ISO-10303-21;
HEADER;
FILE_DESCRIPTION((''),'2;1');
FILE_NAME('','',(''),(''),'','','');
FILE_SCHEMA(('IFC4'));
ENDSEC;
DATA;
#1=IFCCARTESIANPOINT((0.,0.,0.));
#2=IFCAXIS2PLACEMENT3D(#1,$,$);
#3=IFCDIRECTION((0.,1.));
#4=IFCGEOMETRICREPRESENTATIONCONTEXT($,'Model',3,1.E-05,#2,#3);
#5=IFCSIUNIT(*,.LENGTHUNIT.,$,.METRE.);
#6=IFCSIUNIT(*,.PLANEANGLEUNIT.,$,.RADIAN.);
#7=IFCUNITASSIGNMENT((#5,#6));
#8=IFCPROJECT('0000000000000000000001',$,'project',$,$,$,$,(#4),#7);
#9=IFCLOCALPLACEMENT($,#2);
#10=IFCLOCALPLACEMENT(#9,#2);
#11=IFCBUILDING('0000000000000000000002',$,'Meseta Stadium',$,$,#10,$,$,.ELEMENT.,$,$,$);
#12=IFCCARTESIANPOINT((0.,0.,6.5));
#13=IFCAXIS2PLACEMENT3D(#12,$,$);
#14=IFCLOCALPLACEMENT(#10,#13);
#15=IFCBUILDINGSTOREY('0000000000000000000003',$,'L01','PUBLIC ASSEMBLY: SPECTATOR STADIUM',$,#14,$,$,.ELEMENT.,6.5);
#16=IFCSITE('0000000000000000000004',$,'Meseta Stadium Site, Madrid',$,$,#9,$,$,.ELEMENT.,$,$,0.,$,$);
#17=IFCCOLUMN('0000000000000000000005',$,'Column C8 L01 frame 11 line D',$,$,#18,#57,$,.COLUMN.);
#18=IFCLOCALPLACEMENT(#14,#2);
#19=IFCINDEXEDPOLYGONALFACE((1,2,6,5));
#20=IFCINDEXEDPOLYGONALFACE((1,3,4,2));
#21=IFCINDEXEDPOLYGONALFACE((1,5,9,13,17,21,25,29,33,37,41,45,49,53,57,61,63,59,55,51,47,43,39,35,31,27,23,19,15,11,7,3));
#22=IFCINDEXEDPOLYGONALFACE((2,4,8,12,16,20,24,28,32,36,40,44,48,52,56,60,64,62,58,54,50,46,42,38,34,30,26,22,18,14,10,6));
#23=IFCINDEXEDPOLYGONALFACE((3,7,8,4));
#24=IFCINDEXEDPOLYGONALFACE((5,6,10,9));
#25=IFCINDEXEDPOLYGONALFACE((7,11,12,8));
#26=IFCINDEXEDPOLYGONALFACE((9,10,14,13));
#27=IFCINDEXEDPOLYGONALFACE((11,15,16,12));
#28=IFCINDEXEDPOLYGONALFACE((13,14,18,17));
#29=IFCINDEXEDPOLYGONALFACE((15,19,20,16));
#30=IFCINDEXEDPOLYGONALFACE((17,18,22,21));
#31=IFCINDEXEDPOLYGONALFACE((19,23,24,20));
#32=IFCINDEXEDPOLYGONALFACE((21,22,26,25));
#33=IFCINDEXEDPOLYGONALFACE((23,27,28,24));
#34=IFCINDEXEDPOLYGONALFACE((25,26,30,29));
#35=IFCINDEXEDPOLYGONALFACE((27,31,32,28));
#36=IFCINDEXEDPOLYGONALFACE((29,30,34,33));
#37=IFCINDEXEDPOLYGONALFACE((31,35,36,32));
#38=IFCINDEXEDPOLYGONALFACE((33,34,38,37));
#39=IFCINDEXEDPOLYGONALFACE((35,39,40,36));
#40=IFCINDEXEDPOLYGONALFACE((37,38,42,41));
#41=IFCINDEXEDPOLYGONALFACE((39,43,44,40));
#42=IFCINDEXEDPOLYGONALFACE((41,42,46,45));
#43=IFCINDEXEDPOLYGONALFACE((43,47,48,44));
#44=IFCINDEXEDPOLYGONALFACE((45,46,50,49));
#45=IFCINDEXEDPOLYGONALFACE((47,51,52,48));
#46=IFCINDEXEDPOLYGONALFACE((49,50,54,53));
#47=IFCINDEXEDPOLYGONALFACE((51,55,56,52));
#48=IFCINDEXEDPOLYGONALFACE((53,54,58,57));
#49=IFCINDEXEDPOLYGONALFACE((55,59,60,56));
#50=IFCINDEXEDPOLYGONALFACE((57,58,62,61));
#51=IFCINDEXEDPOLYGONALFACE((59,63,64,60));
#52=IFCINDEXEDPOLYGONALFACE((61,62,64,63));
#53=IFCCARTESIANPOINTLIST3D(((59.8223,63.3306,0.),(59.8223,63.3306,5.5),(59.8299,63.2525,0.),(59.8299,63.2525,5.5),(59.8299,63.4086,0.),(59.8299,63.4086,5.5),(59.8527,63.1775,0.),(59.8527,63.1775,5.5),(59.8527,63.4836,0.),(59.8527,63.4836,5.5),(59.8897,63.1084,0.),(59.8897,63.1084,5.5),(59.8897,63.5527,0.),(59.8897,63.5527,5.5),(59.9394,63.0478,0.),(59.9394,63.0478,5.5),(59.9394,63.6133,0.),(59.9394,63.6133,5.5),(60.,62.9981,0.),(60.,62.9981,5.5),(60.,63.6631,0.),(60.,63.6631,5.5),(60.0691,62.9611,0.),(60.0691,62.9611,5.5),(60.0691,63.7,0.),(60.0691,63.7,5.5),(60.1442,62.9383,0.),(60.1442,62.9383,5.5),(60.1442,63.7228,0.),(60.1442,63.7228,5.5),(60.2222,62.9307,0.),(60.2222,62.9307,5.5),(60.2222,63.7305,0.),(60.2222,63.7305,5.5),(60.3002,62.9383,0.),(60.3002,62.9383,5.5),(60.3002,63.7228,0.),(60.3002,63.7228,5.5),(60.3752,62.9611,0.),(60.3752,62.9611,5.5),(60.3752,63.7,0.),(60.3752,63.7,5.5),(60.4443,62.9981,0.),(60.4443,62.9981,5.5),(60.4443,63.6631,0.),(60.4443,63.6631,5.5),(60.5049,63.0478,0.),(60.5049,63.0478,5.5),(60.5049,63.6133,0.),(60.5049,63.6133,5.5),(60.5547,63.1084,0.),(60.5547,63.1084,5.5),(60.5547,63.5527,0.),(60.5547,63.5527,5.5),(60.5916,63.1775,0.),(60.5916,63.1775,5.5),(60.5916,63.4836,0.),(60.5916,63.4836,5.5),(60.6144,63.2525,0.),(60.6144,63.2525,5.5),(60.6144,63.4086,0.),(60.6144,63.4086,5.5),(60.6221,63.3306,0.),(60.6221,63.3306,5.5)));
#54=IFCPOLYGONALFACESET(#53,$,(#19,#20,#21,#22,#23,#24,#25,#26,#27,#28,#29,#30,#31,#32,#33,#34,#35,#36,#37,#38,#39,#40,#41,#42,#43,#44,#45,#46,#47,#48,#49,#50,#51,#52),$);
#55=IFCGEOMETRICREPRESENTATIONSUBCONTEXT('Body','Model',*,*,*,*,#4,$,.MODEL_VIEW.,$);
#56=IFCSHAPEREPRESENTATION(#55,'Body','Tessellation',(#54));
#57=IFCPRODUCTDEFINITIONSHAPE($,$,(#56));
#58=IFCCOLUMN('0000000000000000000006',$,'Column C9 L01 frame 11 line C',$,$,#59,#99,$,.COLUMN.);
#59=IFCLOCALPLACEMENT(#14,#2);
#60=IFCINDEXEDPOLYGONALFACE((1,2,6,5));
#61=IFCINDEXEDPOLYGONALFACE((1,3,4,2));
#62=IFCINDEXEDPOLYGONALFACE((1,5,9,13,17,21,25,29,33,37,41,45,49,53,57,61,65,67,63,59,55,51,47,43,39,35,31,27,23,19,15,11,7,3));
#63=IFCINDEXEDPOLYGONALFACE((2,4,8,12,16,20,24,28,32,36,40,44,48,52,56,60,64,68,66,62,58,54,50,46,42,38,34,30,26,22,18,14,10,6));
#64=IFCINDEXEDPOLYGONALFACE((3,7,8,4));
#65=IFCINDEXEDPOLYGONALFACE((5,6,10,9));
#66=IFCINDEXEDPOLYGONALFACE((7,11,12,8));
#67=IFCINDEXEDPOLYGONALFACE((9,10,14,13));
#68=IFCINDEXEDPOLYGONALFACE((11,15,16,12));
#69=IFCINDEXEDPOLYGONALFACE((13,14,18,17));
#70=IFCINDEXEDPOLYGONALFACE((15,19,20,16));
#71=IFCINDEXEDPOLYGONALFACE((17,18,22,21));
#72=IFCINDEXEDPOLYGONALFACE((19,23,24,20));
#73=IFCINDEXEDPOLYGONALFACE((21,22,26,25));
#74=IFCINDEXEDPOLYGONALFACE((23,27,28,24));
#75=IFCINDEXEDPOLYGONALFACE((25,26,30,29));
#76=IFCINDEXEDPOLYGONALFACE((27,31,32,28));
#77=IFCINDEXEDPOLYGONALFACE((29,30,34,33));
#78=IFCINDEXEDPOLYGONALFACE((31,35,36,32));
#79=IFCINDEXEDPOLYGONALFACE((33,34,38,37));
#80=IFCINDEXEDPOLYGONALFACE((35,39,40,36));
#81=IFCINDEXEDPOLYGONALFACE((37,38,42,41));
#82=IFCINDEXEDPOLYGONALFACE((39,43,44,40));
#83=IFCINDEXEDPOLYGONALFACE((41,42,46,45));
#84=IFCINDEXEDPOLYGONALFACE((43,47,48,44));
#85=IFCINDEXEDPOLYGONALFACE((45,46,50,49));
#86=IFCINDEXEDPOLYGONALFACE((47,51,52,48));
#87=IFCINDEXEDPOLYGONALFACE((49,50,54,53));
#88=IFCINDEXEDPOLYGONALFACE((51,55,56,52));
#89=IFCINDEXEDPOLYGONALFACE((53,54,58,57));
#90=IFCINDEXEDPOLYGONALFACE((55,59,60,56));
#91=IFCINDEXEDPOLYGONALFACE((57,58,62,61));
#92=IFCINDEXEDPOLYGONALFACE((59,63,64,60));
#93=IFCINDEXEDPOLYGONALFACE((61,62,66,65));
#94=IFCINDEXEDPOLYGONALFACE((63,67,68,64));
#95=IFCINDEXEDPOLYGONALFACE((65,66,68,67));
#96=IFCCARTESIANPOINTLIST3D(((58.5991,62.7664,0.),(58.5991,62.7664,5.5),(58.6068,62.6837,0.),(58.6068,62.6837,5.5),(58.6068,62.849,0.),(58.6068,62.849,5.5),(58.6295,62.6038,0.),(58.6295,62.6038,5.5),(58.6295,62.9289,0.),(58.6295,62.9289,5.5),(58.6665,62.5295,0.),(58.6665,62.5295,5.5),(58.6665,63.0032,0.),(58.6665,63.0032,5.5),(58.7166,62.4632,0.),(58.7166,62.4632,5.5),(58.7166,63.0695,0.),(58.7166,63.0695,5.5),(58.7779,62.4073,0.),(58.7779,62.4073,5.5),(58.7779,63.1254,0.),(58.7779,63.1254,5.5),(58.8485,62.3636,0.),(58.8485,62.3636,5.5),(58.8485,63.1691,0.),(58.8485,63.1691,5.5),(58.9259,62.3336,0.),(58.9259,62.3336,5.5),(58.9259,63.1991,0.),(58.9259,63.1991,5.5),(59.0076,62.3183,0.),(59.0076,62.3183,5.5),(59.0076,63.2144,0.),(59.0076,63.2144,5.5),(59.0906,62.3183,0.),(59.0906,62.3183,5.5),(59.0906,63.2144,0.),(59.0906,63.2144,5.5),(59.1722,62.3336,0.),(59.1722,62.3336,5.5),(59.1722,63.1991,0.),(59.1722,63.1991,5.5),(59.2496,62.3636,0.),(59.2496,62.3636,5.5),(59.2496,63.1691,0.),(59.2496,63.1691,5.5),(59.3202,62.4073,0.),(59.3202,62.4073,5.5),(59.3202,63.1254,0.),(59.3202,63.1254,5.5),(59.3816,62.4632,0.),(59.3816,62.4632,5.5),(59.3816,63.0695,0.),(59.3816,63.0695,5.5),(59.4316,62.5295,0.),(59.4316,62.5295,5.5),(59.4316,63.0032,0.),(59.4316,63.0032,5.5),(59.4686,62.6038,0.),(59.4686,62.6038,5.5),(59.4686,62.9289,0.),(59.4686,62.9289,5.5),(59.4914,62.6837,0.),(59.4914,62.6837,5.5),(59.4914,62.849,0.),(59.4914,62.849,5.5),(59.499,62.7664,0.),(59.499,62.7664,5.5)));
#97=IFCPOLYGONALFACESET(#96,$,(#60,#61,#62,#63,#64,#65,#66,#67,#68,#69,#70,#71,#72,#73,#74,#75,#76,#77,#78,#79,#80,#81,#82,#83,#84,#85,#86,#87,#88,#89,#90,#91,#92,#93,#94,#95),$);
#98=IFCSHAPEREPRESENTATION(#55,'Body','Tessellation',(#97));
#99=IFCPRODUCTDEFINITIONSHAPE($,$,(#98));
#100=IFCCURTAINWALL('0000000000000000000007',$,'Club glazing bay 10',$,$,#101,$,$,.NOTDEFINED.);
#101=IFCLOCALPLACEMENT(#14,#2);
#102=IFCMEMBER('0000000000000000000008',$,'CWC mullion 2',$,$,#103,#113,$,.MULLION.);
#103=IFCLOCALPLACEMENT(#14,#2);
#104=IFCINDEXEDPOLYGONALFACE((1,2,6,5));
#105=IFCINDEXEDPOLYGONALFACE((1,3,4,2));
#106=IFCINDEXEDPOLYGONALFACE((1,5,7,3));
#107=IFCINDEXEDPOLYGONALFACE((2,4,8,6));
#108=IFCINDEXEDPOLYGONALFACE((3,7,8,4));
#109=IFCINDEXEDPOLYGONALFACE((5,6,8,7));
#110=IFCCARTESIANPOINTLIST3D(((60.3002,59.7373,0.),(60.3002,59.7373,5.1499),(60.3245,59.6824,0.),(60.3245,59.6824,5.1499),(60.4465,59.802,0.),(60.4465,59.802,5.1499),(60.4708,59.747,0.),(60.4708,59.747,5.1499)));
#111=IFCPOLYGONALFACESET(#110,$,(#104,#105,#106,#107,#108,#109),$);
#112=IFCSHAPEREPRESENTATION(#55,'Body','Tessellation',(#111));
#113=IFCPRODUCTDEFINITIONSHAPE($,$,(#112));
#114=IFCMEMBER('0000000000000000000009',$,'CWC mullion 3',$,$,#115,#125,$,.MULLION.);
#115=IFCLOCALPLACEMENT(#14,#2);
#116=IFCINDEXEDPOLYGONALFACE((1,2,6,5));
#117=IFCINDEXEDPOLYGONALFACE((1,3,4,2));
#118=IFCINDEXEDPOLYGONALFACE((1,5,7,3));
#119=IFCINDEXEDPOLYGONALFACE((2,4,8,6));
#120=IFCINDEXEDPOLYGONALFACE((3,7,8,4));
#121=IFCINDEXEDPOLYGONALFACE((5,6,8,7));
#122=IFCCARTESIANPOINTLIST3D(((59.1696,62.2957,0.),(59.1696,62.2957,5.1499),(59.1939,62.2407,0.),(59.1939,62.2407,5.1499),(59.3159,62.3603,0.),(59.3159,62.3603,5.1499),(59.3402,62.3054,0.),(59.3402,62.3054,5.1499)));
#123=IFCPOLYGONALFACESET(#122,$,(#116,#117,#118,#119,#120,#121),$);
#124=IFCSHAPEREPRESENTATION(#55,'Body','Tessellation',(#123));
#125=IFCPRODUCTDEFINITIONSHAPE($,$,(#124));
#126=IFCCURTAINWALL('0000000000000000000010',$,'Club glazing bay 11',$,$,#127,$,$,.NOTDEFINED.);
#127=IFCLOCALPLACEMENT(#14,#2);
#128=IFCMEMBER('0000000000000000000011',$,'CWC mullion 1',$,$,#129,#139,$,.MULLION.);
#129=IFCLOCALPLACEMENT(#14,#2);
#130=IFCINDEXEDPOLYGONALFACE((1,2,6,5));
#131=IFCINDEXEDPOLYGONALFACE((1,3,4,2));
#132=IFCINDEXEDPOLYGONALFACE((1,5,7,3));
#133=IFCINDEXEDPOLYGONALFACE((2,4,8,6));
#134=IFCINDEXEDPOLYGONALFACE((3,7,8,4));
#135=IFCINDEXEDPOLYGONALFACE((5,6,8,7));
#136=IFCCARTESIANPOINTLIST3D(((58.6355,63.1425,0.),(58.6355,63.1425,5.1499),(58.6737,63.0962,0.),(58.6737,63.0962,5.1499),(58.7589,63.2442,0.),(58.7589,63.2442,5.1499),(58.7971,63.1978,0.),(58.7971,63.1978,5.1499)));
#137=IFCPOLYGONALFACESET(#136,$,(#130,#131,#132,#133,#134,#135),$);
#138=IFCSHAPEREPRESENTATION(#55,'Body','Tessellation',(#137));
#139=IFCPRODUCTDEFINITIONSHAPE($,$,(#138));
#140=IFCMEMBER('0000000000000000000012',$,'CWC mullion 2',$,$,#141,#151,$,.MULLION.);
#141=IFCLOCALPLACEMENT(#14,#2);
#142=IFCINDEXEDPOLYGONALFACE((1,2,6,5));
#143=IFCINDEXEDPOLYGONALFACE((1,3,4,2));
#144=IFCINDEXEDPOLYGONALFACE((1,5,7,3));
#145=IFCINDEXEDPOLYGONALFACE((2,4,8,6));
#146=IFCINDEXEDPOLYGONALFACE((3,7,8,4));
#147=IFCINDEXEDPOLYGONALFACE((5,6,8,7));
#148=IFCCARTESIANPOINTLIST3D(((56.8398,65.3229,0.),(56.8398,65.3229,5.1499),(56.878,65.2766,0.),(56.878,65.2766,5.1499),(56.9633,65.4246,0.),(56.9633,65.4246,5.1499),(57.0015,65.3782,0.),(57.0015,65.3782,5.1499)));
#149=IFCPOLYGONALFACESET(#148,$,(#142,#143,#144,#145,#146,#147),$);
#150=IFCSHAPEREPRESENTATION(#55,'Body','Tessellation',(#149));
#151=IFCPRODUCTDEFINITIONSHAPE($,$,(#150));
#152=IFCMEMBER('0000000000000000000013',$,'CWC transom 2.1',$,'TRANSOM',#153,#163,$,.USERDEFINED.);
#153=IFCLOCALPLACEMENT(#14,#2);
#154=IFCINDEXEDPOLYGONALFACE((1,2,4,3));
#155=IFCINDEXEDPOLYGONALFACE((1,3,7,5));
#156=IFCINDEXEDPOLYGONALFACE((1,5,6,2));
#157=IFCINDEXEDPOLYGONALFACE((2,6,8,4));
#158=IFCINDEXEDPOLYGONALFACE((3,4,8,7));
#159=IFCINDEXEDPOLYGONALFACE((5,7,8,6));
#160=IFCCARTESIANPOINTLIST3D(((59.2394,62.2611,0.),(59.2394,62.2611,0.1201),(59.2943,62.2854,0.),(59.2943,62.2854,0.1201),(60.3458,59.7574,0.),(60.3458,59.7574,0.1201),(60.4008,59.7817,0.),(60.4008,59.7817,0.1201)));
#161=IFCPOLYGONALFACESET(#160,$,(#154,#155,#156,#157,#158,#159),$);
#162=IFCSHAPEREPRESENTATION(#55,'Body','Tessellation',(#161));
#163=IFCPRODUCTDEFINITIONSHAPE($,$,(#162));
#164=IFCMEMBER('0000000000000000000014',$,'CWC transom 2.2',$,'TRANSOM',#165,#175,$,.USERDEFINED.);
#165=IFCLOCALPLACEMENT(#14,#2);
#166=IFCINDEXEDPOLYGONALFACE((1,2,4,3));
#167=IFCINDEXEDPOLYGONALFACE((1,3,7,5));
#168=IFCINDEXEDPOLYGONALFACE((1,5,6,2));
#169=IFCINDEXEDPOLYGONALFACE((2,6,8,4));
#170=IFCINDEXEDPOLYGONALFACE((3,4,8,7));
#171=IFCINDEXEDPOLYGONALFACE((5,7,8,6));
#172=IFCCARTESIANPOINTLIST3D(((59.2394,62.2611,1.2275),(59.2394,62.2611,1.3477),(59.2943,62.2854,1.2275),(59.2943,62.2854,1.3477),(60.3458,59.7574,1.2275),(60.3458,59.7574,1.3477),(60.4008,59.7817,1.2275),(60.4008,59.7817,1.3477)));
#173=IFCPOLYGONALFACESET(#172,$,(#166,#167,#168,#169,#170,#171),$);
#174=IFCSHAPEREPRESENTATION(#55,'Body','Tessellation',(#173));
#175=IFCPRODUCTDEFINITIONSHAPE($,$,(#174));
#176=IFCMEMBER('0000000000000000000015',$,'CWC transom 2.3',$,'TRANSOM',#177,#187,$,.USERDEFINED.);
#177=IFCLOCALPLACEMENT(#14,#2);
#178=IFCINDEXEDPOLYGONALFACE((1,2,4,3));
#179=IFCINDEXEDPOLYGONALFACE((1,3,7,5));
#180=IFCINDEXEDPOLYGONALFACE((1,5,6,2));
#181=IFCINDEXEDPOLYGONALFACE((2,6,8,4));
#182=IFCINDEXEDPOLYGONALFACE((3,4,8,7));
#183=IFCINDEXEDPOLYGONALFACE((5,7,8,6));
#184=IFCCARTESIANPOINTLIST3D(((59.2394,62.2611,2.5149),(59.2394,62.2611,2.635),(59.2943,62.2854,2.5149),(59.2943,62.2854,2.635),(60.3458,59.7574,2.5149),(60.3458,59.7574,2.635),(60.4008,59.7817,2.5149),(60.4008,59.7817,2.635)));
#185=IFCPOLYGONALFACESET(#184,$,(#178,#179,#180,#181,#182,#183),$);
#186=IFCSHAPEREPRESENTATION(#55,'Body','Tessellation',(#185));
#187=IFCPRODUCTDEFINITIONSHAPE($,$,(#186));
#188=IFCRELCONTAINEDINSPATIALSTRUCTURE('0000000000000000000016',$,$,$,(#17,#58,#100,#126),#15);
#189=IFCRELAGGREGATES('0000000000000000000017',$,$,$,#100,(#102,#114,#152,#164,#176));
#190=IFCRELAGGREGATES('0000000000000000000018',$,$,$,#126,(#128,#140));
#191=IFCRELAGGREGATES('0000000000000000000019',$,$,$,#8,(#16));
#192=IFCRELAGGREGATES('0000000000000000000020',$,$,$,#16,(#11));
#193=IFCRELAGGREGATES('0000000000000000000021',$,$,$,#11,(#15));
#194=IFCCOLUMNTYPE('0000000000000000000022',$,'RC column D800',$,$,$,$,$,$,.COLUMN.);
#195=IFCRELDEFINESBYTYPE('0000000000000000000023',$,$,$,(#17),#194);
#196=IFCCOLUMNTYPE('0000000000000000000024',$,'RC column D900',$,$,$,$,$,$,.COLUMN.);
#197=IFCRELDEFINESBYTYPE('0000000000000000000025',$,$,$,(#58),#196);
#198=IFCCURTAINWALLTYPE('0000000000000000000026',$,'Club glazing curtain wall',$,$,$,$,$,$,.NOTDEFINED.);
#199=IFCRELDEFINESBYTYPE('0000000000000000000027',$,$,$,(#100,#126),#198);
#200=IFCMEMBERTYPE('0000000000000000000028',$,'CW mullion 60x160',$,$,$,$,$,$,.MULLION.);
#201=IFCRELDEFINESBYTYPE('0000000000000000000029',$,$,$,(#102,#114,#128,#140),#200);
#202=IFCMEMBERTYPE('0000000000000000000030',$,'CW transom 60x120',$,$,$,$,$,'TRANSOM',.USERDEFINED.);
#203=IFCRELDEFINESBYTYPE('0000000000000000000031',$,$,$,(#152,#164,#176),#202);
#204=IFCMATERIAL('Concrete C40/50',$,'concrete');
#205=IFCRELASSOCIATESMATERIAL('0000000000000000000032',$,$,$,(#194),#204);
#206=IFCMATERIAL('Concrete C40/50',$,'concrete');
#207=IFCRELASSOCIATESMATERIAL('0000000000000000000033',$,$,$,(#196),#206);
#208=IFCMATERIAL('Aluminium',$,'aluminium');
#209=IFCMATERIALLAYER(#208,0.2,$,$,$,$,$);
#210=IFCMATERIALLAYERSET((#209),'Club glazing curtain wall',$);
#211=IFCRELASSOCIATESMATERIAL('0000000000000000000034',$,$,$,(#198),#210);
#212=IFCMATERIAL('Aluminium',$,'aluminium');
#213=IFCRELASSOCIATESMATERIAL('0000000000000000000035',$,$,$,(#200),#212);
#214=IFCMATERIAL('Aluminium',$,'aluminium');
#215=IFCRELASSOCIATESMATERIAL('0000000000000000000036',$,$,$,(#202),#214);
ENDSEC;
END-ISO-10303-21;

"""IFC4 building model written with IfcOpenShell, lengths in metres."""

from ifc_helpers import new_model, si_unit, direction, frame, origin, origin_2d, place, context, subcontext, project, spatial, rectangle, circle, extrude, material, layer, layer_set, material_profile, profile_set, type_object, element, aggregate, save


model = new_model("IFC4")

# Units and contexts
model_context = context("Model", 3, precision=1e-05, world=origin(), true_north=direction((0.0, 1.0)))
body_context = subcontext(model_context, "Body", "Model", "MODEL_VIEW")
ifc_project = project(units=[si_unit("LENGTHUNIT", "METRE"), si_unit("PLANEANGLEUNIT", "RADIAN")], contexts=[model_context])

# Site, building, storey
site_placement = place(None, origin())
site = spatial("IfcSite", under=ifc_project, at=site_placement, Name="Meseta Stadium Site, Madrid", CompositionType="ELEMENT", RefElevation=0.0)
building_placement = place(site_placement, origin())
building = spatial("IfcBuilding", under=site, at=building_placement, Name="Meseta Stadium", CompositionType="ELEMENT")
storey_placement = place(building_placement, frame((0.0, 0.0, 6.5)))
storey = spatial("IfcBuildingStorey", under=building, at=storey_placement, Name="L01", Description="PUBLIC ASSEMBLY: SPECTATOR STADIUM", CompositionType="ELEMENT", Elevation=6.5)

# Columns
ifc_material_1 = material(Name="Concrete C40/50", Category="concrete")
ifc_material_profile_1 = material_profile(ifc_material_1, circle(Radius=0.3999, at=origin_2d()), Name="RC D800")
ifc_profile_set_1 = profile_set([ifc_material_profile_1], Name="Concrete C40/50")
column_type_1 = type_object("IfcColumnType", Name="RC column D800", PredefinedType="COLUMN", material=ifc_profile_set_1)
column_1_placement = place(storey_placement, frame((60.2222, 63.3306, 0.0), z_axis=(0.0, 0.0, 1.0), x_axis=(1.0, 0.0, 0.0)))
element("IfcColumn", 1, at=column_1_placement, inside=storey, type_object=column_type_1, Name="Column C8 L01 frame 11 line D", PredefinedType="COLUMN", context=body_context, shape_type="SweptSolid", body=[
    extrude(circle(Radius=0.3999, at=origin_2d()), origin(), (0.0, 0.0, 1.0), 5.5),
])
ifc_material_2 = material(Name="Concrete C40/50", Category="concrete")
ifc_material_profile_2 = material_profile(ifc_material_2, circle(Radius=0.45, at=origin_2d()), Name="RC D900")
ifc_profile_set_2 = profile_set([ifc_material_profile_2], Name="Concrete C40/50")
column_type_2 = type_object("IfcColumnType", Name="RC column D900", PredefinedType="COLUMN", material=ifc_profile_set_2)
column_2_placement = place(storey_placement, frame((59.0491, 62.7664, 0.0), z_axis=(0.0, 0.0, 1.0), x_axis=(1.0, 0.0, 0.0)))
element("IfcColumn", 2, at=column_2_placement, inside=storey, type_object=column_type_2, Name="Column C9 L01 frame 11 line C", PredefinedType="COLUMN", context=body_context, shape_type="SweptSolid", body=[
    extrude(circle(Radius=0.45, at=origin_2d()), origin(), (0.0, 0.0, 1.0), 5.5),
])

# Curtain walls, members
ifc_material_3 = material(Name="Aluminium", Category="aluminium")
ifc_layer_1 = layer(ifc_material_3, 0.2)
ifc_layer_set_1 = layer_set([ifc_layer_1], Name="Club glazing curtain wall")
curtain_wall_type = type_object("IfcCurtainWallType", Name="Club glazing curtain wall", PredefinedType="NOTDEFINED", material=ifc_layer_set_1)
curtain_wall_1_placement = place(storey_placement, origin())
curtain_wall_1 = element("IfcCurtainWall", 3, at=curtain_wall_1_placement, inside=storey, type_object=curtain_wall_type, Name="Club glazing bay 10", PredefinedType="NOTDEFINED")
ifc_material_4 = material(Name="Aluminium", Category="aluminium")
ifc_material_profile_3 = material_profile(ifc_material_4, rectangle(XDim=0.1599, YDim=0.0601, at=origin_2d()), Name="CW 160x60")
ifc_profile_set_3 = profile_set([ifc_material_profile_3], Name="Aluminium")
member_type_1 = type_object("IfcMemberType", Name="CW mullion 60x160", PredefinedType="MULLION", material=ifc_profile_set_3)
member_1_placement = place(storey_placement, frame((60.3855, 59.7422, 0.0), z_axis=(0.0, 0.0, 1.0), x_axis=(-0.914657, -0.40423, 0.0)))
member_1 = element("IfcMember", 4, at=member_1_placement, type_object=member_type_1, Name="CWC mullion 2", PredefinedType="MULLION", context=body_context, shape_type="SweptSolid", body=[
    extrude(rectangle(XDim=0.1599, YDim=0.0601, at=origin_2d()), origin(), (0.0, 0.0, 1.0), 5.1499),
])
member_2_placement = place(storey_placement, frame((59.2549, 62.3005, 0.0), z_axis=(0.0, 0.0, 1.0), x_axis=(-0.914657, -0.40423, 0.0)))
member_2 = element("IfcMember", 5, at=member_2_placement, type_object=member_type_1, Name="CWC mullion 3", PredefinedType="MULLION", context=body_context, shape_type="SweptSolid", body=[
    extrude(rectangle(XDim=0.1599, YDim=0.0601, at=origin_2d()), origin(), (0.0, 0.0, 1.0), 5.1499),
])
curtain_wall_2_placement = place(storey_placement, origin())
curtain_wall_2 = element("IfcCurtainWall", 6, at=curtain_wall_2_placement, inside=storey, type_object=curtain_wall_type, Name="Club glazing bay 11", PredefinedType="NOTDEFINED")
member_3_placement = place(storey_placement, frame((58.7163, 63.1702, 0.0), z_axis=(0.0, 0.0, 1.0), x_axis=(-0.771902, -0.635741, 0.0)))
member_3 = element("IfcMember", 7, at=member_3_placement, type_object=member_type_1, Name="CWC mullion 1", PredefinedType="MULLION", context=body_context, shape_type="SweptSolid", body=[
    extrude(rectangle(XDim=0.1599, YDim=0.0601, at=origin_2d()), origin(), (0.0, 0.0, 1.0), 5.1499),
])
member_4_placement = place(storey_placement, frame((56.9207, 65.3506, 0.0), z_axis=(0.0, 0.0, 1.0), x_axis=(-0.771902, -0.635741, 0.0)))
member_4 = element("IfcMember", 8, at=member_4_placement, type_object=member_type_1, Name="CWC mullion 2", PredefinedType="MULLION", context=body_context, shape_type="SweptSolid", body=[
    extrude(rectangle(XDim=0.1599, YDim=0.0601, at=origin_2d()), origin(), (0.0, 0.0, 1.0), 5.1499),
])

# Members
ifc_material_5 = material(Name="Aluminium", Category="aluminium")
ifc_material_profile_4 = material_profile(ifc_material_5, rectangle(XDim=0.0601, YDim=0.1201, at=origin_2d()), Name="CW 60x120")
ifc_profile_set_4 = profile_set([ifc_material_profile_4], Name="Aluminium")
member_type_2 = type_object("IfcMemberType", Name="CW transom 60x120", ElementType="TRANSOM", PredefinedType="USERDEFINED", material=ifc_profile_set_4)
member_5_placement = place(storey_placement, frame((60.3733, 59.7695, 0.0601), z_axis=(-0.404218, 0.914663, 0.0), x_axis=(-0.914663, -0.404218, 0.0)))
member_5 = element("IfcMember", 9, at=member_5_placement, type_object=member_type_2, Name="CWC transom 2.1", ObjectType="TRANSOM", PredefinedType="USERDEFINED", context=body_context, shape_type="SweptSolid", body=[
    extrude(rectangle(XDim=0.0601, YDim=0.1201, at=origin_2d()), origin(), (0.0, 0.0, 1.0), 2.7373),
])
member_6_placement = place(storey_placement, frame((60.3733, 59.7695, 1.2876), z_axis=(-0.404218, 0.914663, 0.0), x_axis=(-0.914663, -0.404218, 0.0)))
member_6 = element("IfcMember", 10, at=member_6_placement, type_object=member_type_2, Name="CWC transom 2.2", ObjectType="TRANSOM", PredefinedType="USERDEFINED", context=body_context, shape_type="SweptSolid", body=[
    extrude(rectangle(XDim=0.0601, YDim=0.1201, at=origin_2d()), origin(), (0.0, 0.0, 1.0), 2.7373),
])
member_7_placement = place(storey_placement, frame((60.3733, 59.7695, 2.575), z_axis=(-0.404218, 0.914663, 0.0), x_axis=(-0.914663, -0.404218, 0.0)))
member_7 = element("IfcMember", 11, at=member_7_placement, type_object=member_type_2, Name="CWC transom 2.3", ObjectType="TRANSOM", PredefinedType="USERDEFINED", context=body_context, shape_type="SweptSolid", body=[
    extrude(rectangle(XDim=0.0601, YDim=0.1201, at=origin_2d()), origin(), (0.0, 0.0, 1.0), 2.7373),
])

aggregate(curtain_wall_1, [member_1, member_2, member_5, member_6, member_7])
aggregate(curtain_wall_2, [member_3, member_4])

save(model, "model.ifc")
